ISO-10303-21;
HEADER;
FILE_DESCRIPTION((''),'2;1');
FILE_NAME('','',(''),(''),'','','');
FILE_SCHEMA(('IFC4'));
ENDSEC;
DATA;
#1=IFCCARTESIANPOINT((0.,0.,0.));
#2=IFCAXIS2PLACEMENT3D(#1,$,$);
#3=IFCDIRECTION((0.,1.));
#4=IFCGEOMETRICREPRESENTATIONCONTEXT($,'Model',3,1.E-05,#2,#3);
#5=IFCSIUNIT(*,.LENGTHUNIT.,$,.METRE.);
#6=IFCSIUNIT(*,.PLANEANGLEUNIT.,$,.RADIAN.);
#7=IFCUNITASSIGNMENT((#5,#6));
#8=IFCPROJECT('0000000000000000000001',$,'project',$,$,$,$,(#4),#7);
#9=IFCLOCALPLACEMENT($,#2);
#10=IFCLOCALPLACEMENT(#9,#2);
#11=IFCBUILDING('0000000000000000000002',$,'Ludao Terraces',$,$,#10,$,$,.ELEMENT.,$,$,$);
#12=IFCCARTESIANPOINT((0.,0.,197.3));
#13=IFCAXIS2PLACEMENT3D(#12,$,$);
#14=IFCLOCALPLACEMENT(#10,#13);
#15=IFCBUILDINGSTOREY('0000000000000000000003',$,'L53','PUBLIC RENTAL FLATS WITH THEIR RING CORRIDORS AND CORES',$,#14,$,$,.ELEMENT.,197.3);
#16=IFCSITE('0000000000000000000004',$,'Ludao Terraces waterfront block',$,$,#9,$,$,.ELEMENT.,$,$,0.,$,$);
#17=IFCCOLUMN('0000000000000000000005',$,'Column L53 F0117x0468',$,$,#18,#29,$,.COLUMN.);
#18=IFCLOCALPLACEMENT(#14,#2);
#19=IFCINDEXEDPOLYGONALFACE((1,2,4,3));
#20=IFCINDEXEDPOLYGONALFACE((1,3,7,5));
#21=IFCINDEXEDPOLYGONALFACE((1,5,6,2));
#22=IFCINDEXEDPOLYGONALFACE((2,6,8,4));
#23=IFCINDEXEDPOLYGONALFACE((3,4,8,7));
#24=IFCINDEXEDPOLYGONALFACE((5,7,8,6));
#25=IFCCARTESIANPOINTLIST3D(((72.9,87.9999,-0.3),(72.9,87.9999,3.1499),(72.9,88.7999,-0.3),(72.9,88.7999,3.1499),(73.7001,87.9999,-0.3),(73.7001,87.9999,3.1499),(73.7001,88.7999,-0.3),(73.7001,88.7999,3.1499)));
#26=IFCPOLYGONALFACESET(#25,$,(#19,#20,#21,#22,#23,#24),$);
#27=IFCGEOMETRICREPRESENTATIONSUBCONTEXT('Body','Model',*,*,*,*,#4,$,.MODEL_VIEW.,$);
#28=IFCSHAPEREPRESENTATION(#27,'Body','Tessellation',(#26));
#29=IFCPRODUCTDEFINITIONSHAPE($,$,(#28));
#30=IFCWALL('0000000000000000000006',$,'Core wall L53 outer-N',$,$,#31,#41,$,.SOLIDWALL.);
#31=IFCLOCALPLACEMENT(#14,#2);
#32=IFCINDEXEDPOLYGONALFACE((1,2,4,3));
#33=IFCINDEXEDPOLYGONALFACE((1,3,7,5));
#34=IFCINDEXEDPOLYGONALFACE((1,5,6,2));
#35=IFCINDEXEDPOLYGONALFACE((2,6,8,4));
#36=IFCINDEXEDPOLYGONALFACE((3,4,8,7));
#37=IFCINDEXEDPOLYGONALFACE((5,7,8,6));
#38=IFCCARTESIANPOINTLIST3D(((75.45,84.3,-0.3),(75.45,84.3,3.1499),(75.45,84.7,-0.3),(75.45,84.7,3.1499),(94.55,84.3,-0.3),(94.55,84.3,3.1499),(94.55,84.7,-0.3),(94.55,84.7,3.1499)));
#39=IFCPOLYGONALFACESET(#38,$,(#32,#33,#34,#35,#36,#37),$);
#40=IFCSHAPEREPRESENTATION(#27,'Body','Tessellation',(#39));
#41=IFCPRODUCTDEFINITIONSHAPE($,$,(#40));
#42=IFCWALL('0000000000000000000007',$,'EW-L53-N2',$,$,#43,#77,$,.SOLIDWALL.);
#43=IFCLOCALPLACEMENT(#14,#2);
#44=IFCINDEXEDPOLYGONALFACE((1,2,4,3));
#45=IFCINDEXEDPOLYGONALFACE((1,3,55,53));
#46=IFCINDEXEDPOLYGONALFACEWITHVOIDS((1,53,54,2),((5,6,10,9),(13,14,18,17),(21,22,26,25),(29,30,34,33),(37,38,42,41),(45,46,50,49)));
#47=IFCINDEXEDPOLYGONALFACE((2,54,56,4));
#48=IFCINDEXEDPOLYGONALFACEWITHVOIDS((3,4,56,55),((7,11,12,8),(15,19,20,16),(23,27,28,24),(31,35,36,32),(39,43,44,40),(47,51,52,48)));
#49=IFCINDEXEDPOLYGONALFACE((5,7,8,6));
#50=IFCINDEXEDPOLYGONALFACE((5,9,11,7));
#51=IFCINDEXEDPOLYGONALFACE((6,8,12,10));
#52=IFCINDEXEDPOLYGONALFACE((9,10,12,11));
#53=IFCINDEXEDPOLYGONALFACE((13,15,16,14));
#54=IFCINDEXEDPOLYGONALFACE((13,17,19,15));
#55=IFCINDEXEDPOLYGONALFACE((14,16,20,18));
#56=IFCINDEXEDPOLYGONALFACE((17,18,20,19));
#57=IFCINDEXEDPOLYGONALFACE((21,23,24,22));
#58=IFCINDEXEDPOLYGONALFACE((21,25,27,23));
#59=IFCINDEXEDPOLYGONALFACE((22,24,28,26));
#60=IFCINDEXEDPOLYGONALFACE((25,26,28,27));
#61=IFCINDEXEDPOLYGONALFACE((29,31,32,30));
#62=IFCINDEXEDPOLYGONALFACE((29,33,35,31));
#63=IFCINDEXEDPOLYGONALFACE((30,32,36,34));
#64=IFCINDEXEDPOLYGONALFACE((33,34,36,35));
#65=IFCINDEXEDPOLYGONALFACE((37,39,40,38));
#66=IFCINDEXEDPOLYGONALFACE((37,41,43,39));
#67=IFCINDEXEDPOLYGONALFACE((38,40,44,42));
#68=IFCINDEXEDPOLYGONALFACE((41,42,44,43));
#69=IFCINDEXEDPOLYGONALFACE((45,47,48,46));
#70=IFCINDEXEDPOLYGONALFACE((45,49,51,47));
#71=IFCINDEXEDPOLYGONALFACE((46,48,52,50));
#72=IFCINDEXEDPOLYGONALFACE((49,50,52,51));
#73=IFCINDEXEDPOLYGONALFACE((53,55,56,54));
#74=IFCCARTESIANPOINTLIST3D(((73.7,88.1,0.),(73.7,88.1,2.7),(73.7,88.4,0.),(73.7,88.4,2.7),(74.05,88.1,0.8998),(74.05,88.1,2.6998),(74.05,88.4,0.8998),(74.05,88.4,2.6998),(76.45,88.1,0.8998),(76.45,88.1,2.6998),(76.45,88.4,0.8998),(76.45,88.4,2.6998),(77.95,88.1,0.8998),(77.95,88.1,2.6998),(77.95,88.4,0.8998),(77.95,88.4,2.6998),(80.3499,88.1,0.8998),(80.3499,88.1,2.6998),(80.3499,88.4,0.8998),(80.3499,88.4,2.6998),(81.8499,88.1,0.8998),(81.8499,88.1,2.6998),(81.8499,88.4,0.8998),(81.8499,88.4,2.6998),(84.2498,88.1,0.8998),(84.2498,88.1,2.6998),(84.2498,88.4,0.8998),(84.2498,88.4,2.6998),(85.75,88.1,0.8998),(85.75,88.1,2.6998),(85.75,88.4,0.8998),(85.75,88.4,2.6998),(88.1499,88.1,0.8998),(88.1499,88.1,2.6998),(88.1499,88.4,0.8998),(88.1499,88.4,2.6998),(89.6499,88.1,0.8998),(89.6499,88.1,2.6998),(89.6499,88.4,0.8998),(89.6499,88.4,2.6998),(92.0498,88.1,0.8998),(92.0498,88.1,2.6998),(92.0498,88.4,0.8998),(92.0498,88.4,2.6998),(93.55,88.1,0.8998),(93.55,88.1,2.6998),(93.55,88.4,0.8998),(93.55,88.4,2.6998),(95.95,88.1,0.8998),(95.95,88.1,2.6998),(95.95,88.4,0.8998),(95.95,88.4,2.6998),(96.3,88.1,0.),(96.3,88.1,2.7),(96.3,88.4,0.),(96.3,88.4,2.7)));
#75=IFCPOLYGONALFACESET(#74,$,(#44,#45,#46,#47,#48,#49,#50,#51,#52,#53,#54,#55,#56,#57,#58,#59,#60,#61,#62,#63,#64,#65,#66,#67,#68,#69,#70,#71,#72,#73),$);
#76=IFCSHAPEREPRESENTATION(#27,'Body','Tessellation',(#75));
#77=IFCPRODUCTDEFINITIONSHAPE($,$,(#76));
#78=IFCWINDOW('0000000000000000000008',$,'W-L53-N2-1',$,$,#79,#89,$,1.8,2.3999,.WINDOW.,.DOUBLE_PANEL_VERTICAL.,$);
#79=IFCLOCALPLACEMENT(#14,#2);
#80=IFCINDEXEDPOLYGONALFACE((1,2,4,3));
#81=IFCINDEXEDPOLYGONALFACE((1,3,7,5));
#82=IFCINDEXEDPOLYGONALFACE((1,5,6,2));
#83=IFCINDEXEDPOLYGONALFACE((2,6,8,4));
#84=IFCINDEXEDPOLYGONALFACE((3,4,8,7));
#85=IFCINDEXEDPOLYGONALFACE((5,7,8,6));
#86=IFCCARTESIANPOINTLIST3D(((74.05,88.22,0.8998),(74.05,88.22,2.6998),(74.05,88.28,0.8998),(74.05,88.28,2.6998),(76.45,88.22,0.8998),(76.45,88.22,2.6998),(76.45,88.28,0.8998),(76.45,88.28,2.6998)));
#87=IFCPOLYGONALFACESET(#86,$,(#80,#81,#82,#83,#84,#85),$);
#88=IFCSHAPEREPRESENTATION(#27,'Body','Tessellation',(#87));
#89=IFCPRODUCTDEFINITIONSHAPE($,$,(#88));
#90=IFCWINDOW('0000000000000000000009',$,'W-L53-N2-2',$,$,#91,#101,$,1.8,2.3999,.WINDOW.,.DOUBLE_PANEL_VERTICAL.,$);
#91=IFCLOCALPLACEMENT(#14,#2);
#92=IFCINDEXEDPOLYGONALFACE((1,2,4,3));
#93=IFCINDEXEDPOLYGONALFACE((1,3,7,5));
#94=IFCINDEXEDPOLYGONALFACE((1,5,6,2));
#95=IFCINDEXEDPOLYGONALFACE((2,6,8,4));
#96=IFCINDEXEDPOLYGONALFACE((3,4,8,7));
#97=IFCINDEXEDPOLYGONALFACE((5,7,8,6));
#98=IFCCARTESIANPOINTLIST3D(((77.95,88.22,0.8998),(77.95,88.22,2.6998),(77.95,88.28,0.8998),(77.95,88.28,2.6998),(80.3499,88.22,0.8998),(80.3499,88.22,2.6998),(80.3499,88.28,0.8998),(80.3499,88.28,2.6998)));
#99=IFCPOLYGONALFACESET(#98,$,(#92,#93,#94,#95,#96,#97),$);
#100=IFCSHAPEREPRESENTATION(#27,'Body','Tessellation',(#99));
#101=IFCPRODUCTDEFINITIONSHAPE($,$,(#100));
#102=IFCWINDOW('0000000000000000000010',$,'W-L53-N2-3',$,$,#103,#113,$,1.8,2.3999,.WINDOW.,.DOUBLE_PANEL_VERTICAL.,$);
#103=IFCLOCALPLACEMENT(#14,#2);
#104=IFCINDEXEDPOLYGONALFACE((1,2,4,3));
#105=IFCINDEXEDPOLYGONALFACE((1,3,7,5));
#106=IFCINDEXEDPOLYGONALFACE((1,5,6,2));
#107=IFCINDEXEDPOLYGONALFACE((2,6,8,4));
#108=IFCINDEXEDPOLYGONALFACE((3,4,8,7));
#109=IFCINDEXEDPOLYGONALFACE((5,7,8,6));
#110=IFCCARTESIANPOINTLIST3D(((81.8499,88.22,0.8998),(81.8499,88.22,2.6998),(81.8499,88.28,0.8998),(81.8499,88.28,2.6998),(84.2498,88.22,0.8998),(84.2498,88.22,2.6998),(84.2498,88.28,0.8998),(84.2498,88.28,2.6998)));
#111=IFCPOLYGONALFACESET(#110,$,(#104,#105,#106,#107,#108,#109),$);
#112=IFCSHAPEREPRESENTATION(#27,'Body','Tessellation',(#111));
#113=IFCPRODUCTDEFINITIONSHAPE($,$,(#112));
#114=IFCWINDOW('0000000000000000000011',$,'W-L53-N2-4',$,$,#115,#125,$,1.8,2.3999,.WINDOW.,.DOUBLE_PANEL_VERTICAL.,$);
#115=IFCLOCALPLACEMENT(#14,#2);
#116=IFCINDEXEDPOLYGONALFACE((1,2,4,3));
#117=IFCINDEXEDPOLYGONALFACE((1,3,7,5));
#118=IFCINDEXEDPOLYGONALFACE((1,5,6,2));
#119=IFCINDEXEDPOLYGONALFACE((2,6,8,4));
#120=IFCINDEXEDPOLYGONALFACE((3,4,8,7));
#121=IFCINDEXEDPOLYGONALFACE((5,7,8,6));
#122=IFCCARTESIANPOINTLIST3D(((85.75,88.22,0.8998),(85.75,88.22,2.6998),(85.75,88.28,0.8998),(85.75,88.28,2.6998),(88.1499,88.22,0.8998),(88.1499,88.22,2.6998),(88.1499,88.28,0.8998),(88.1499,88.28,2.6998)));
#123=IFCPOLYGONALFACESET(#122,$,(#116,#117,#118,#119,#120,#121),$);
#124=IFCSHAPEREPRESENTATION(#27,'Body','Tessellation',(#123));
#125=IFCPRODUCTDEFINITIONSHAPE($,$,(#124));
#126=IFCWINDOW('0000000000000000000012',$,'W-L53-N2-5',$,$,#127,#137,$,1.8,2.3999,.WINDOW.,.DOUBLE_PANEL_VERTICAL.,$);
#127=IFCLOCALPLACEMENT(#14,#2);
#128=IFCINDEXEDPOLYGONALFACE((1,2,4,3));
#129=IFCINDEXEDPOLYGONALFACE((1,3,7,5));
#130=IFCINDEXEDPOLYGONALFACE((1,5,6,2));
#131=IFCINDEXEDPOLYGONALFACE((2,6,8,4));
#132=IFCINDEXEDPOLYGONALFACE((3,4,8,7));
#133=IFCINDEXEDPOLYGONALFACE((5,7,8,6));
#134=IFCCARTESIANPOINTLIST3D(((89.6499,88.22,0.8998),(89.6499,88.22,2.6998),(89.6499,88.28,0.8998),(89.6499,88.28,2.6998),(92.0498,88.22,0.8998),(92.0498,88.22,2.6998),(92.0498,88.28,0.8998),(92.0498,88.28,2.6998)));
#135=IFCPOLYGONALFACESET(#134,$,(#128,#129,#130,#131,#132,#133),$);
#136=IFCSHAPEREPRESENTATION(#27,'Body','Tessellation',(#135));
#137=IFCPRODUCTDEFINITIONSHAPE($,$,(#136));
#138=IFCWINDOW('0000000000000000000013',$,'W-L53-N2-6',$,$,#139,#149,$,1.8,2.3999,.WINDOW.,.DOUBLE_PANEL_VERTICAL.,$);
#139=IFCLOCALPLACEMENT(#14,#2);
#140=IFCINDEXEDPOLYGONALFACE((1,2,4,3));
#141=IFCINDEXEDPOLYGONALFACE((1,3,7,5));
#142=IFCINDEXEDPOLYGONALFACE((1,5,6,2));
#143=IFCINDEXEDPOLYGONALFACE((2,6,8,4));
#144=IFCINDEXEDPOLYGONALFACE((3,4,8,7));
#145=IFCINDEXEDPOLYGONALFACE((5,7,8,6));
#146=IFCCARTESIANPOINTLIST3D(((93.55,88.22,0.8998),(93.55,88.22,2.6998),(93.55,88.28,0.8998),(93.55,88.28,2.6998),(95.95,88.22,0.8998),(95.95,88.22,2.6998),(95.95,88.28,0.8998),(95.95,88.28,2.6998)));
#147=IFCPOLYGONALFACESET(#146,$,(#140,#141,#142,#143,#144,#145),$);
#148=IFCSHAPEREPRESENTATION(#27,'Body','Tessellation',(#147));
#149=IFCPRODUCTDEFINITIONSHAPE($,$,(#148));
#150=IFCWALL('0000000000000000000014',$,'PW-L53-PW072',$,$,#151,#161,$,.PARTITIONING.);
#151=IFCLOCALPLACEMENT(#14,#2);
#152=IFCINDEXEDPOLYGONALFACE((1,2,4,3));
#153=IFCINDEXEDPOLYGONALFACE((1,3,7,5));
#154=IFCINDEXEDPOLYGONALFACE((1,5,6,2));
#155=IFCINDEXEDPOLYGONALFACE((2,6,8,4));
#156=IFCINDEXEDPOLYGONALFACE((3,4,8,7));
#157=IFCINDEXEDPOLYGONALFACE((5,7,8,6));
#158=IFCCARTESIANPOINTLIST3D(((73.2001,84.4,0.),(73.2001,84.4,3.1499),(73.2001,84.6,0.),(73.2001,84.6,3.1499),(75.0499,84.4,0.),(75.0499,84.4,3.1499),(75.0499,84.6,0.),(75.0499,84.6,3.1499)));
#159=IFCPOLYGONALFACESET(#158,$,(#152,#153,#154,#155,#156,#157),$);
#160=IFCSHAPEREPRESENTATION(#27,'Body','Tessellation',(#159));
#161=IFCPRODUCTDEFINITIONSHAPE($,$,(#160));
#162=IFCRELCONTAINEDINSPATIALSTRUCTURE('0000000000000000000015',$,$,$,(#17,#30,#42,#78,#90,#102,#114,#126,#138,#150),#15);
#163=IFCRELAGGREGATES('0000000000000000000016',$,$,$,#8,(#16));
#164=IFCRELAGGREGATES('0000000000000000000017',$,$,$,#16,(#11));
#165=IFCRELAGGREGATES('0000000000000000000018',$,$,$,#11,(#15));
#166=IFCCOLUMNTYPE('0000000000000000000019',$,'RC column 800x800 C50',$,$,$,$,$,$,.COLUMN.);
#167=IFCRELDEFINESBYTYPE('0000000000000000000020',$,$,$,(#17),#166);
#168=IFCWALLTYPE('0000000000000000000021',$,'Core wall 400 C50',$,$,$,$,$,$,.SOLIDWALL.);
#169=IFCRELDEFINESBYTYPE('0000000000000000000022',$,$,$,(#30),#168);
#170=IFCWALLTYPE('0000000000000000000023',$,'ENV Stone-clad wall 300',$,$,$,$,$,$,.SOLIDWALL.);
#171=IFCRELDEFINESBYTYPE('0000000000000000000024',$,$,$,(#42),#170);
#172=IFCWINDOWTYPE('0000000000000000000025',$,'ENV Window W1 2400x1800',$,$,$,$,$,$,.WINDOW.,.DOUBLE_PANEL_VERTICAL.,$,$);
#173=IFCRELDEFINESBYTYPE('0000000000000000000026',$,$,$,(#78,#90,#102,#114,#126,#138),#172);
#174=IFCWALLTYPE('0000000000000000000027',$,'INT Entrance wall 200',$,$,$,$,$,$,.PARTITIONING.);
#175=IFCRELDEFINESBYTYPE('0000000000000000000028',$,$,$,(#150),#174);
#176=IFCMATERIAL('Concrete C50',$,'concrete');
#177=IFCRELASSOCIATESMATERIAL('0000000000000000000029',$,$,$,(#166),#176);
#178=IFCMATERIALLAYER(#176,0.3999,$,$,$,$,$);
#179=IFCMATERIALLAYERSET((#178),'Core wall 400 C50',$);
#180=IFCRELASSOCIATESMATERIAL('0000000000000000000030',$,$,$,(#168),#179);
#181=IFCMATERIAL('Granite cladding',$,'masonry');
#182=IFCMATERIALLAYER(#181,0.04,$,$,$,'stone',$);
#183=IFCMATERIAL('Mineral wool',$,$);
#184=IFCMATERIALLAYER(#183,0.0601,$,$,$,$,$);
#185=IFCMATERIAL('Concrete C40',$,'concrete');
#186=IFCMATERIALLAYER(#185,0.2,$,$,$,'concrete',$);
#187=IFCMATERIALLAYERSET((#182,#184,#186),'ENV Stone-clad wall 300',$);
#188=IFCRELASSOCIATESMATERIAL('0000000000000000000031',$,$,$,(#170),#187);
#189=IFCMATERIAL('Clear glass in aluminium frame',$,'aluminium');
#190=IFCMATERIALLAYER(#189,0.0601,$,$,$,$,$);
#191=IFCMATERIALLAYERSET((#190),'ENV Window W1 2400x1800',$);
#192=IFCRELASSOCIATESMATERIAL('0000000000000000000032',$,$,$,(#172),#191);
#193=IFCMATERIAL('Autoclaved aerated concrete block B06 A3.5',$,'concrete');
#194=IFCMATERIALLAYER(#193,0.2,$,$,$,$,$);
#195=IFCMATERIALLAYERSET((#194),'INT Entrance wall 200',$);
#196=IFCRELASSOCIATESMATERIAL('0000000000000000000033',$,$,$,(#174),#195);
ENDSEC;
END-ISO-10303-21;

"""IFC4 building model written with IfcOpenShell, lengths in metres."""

from ifc_helpers import new_model, si_unit, direction, frame, frame_2d, origin, origin_2d, place, context, subcontext, project, spatial, rectangle, extrude, material, layer, layer_set, material_profile, profile_set, type_object, element, fill, save


model = new_model("IFC4")

# Units and contexts
model_context = context("Model", 3, precision=1e-05, world=origin(), true_north=direction((0.0, 1.0)))
body_context = subcontext(model_context, "Body", "Model", "MODEL_VIEW")
ifc_project = project(units=[si_unit("LENGTHUNIT", "METRE"), si_unit("PLANEANGLEUNIT", "RADIAN")], contexts=[model_context])

# Site, building, storey
site_placement = place(None, origin())
site = spatial("IfcSite", under=ifc_project, at=site_placement, Name="Ludao Terraces waterfront block", CompositionType="ELEMENT", RefElevation=0.0)
building_placement = place(site_placement, origin())
building = spatial("IfcBuilding", under=site, at=building_placement, Name="Ludao Terraces", CompositionType="ELEMENT")
storey_placement = place(building_placement, frame((0.0, 0.0, 197.3)))
storey = spatial("IfcBuildingStorey", under=building, at=storey_placement, Name="L53", Description="PUBLIC RENTAL FLATS WITH THEIR RING CORRIDORS AND CORES", CompositionType="ELEMENT", Elevation=197.3)

# Column
ifc_material_1 = material(Name="Concrete C50", Category="concrete")
ifc_material_profile = material_profile(ifc_material_1, rectangle(XDim=0.8, YDim=0.8, at=origin_2d()), Name="800 X 800")
ifc_profile_set = profile_set([ifc_material_profile], Name="Concrete C50")
column_type = type_object("IfcColumnType", Name="RC column 800x800 C50", PredefinedType="COLUMN", material=ifc_profile_set)
column_placement = place(storey_placement, frame((73.3, 88.3999, -0.3), z_axis=(0.0, 0.0, 1.0), x_axis=(1.0, 0.0, 0.0)))
element("IfcColumn", 1, at=column_placement, inside=storey, type_object=column_type, Name="Column L53 F0117x0468", PredefinedType="COLUMN", context=body_context, shape_type="SweptSolid", body=[
    extrude(rectangle(XDim=0.8, YDim=0.8, at=origin_2d()), origin(), (0.0, 0.0, 1.0), 3.45),
])

# Wall
ifc_layer_1 = layer(ifc_material_1, 0.3999)
ifc_layer_set_1 = layer_set([ifc_layer_1], Name="Core wall 400 C50")
wall_type_1 = type_object("IfcWallType", Name="Core wall 400 C50", PredefinedType="SOLIDWALL", material=ifc_layer_set_1)
wall_1_placement = place(storey_placement, frame((75.45, 84.5, -0.3), z_axis=(0.0, 0.0, 1.0), x_axis=(1.0, 0.0, 0.0)))
element("IfcWall", 2, at=wall_1_placement, inside=storey, type_object=wall_type_1, Name="Core wall L53 outer-N", PredefinedType="SOLIDWALL", context=body_context, shape_type="SweptSolid", body=[
    extrude(rectangle(XDim=19.1001, YDim=0.3999, at=frame_2d((9.55, 0.0))), origin(), (0.0, 0.0, 1.0), 3.45),
])

# Wall, openings, windows
ifc_material_2 = material(Name="Granite cladding", Category="masonry")
ifc_layer_2 = layer(ifc_material_2, 0.04, Category="stone")
ifc_material_3 = material(Name="Mineral wool")
ifc_layer_3 = layer(ifc_material_3, 0.0601)
ifc_material_4 = material(Name="Concrete C40", Category="concrete")
ifc_layer_4 = layer(ifc_material_4, 0.2, Category="concrete")
ifc_layer_set_2 = layer_set([ifc_layer_2, ifc_layer_3, ifc_layer_4], Name="ENV Stone-clad wall 300")
wall_type_2 = type_object("IfcWallType", Name="ENV Stone-clad wall 300", PredefinedType="SOLIDWALL", material=ifc_layer_set_2)
wall_2_placement = place(storey_placement, frame((73.7, 88.25, 0.0), z_axis=(0.0, 0.0, 1.0), x_axis=(1.0, 0.0, 0.0)))
wall_2 = element("IfcWall", 3, at=wall_2_placement, inside=storey, type_object=wall_type_2, Name="EW-L53-N2", PredefinedType="SOLIDWALL", context=body_context, shape_type="SweptSolid", body=[
    extrude(rectangle(XDim=22.6001, YDim=0.3, at=frame_2d((11.3, 0.0))), origin(), (0.0, 0.0, 1.0), 2.7),
])
opening_1_placement = place(wall_2_placement, frame((0.3501, 0.0, 0.8999)))
opening_1 = element("IfcOpeningElement", 4, at=opening_1_placement, cuts=wall_2, PredefinedType="OPENING", context=body_context, shape_type="SweptSolid", body=[
    extrude(rectangle(XDim=2.3999, YDim=1.8, at=frame_2d((1.2, 0.8999))), frame((0.0, 0.1602, 0.0), z_axis=(0.0, -1.0, 0.0), x_axis=(1.0, 0.0, 0.0)), (0.0, 0.0, 1.0), 0.3201),
])
opening_2_placement = place(wall_2_placement, frame((4.25, 0.0, 0.8999)))
opening_2 = element("IfcOpeningElement", 5, at=opening_2_placement, cuts=wall_2, PredefinedType="OPENING", context=body_context, shape_type="SweptSolid", body=[
    extrude(rectangle(XDim=2.3999, YDim=1.8, at=frame_2d((1.2, 0.8999))), frame((0.0, 0.1602, 0.0), z_axis=(0.0, -1.0, 0.0), x_axis=(1.0, 0.0, 0.0)), (0.0, 0.0, 1.0), 0.3201),
])
opening_3_placement = place(wall_2_placement, frame((8.1499, 0.0, 0.8999)))
opening_3 = element("IfcOpeningElement", 6, at=opening_3_placement, cuts=wall_2, PredefinedType="OPENING", context=body_context, shape_type="SweptSolid", body=[
    extrude(rectangle(XDim=2.3999, YDim=1.8, at=frame_2d((1.2, 0.8999))), frame((0.0, 0.1602, 0.0), z_axis=(0.0, -1.0, 0.0), x_axis=(1.0, 0.0, 0.0)), (0.0, 0.0, 1.0), 0.3201),
])
opening_4_placement = place(wall_2_placement, frame((12.05, 0.0, 0.8999)))
opening_4 = element("IfcOpeningElement", 7, at=opening_4_placement, cuts=wall_2, PredefinedType="OPENING", context=body_context, shape_type="SweptSolid", body=[
    extrude(rectangle(XDim=2.3999, YDim=1.8, at=frame_2d((1.2, 0.8999))), frame((0.0, 0.1602, 0.0), z_axis=(0.0, -1.0, 0.0), x_axis=(1.0, 0.0, 0.0)), (0.0, 0.0, 1.0), 0.3201),
])
opening_5_placement = place(wall_2_placement, frame((15.95, 0.0, 0.8999)))
opening_5 = element("IfcOpeningElement", 8, at=opening_5_placement, cuts=wall_2, PredefinedType="OPENING", context=body_context, shape_type="SweptSolid", body=[
    extrude(rectangle(XDim=2.3999, YDim=1.8, at=frame_2d((1.2, 0.8999))), frame((0.0, 0.1602, 0.0), z_axis=(0.0, -1.0, 0.0), x_axis=(1.0, 0.0, 0.0)), (0.0, 0.0, 1.0), 0.3201),
])
opening_6_placement = place(wall_2_placement, frame((19.8501, 0.0, 0.8999)))
opening_6 = element("IfcOpeningElement", 9, at=opening_6_placement, cuts=wall_2, PredefinedType="OPENING", context=body_context, shape_type="SweptSolid", body=[
    extrude(rectangle(XDim=2.3999, YDim=1.8, at=frame_2d((1.2, 0.8999))), frame((0.0, 0.1602, 0.0), z_axis=(0.0, -1.0, 0.0), x_axis=(1.0, 0.0, 0.0)), (0.0, 0.0, 1.0), 0.3201),
])
ifc_material_5 = material(Name="Clear glass in aluminium frame", Category="aluminium")
ifc_layer_5 = layer(ifc_material_5, 0.0601)
ifc_layer_set_3 = layer_set([ifc_layer_5], Name="ENV Window W1 2400x1800")
window_type = type_object("IfcWindowType", Name="ENV Window W1 2400x1800", PartitioningType="DOUBLE_PANEL_VERTICAL", PredefinedType="WINDOW", material=ifc_layer_set_3)
window_1_placement = place(opening_1_placement, origin())
window_1 = element("IfcWindow", 10, at=window_1_placement, inside=storey, type_object=window_type, Name="W-L53-N2-1", OverallHeight=1.8, OverallWidth=2.3999, PartitioningType="DOUBLE_PANEL_VERTICAL", PredefinedType="WINDOW", context=body_context, shape_type="SweptSolid", body=[
    extrude(rectangle(XDim=2.3999, YDim=1.8, at=frame_2d((1.2, 0.8999))), frame((0.0, 0.03, 0.0), z_axis=(0.0, -1.0, 0.0), x_axis=(1.0, 0.0, 0.0)), (0.0, 0.0, 1.0), 0.0601),
])
fill(opening_1, window_1)
window_2_placement = place(opening_2_placement, origin())
window_2 = element("IfcWindow", 11, at=window_2_placement, inside=storey, type_object=window_type, Name="W-L53-N2-2", OverallHeight=1.8, OverallWidth=2.3999, PartitioningType="DOUBLE_PANEL_VERTICAL", PredefinedType="WINDOW", context=body_context, shape_type="SweptSolid", body=[
    extrude(rectangle(XDim=2.3999, YDim=1.8, at=frame_2d((1.2, 0.8999))), frame((0.0, 0.03, 0.0), z_axis=(0.0, -1.0, 0.0), x_axis=(1.0, 0.0, 0.0)), (0.0, 0.0, 1.0), 0.0601),
])
fill(opening_2, window_2)
window_3_placement = place(opening_3_placement, origin())
window_3 = element("IfcWindow", 12, at=window_3_placement, inside=storey, type_object=window_type, Name="W-L53-N2-3", OverallHeight=1.8, OverallWidth=2.3999, PartitioningType="DOUBLE_PANEL_VERTICAL", PredefinedType="WINDOW", context=body_context, shape_type="SweptSolid", body=[
    extrude(rectangle(XDim=2.3999, YDim=1.8, at=frame_2d((1.2, 0.8999))), frame((0.0, 0.03, 0.0), z_axis=(0.0, -1.0, 0.0), x_axis=(1.0, 0.0, 0.0)), (0.0, 0.0, 1.0), 0.0601),
])
fill(opening_3, window_3)
window_4_placement = place(opening_4_placement, origin())
window_4 = element("IfcWindow", 13, at=window_4_placement, inside=storey, type_object=window_type, Name="W-L53-N2-4", OverallHeight=1.8, OverallWidth=2.3999, PartitioningType="DOUBLE_PANEL_VERTICAL", PredefinedType="WINDOW", context=body_context, shape_type="SweptSolid", body=[
    extrude(rectangle(XDim=2.3999, YDim=1.8, at=frame_2d((1.2, 0.8999))), frame((0.0, 0.03, 0.0), z_axis=(0.0, -1.0, 0.0), x_axis=(1.0, 0.0, 0.0)), (0.0, 0.0, 1.0), 0.0601),
])
fill(opening_4, window_4)
window_5_placement = place(opening_5_placement, origin())
window_5 = element("IfcWindow", 14, at=window_5_placement, inside=storey, type_object=window_type, Name="W-L53-N2-5", OverallHeight=1.8, OverallWidth=2.3999, PartitioningType="DOUBLE_PANEL_VERTICAL", PredefinedType="WINDOW", context=body_context, shape_type="SweptSolid", body=[
    extrude(rectangle(XDim=2.3999, YDim=1.8, at=frame_2d((1.2, 0.8999))), frame((0.0, 0.03, 0.0), z_axis=(0.0, -1.0, 0.0), x_axis=(1.0, 0.0, 0.0)), (0.0, 0.0, 1.0), 0.0601),
])
fill(opening_5, window_5)
window_6_placement = place(opening_6_placement, origin())
window_6 = element("IfcWindow", 15, at=window_6_placement, inside=storey, type_object=window_type, Name="W-L53-N2-6", OverallHeight=1.8, OverallWidth=2.3999, PartitioningType="DOUBLE_PANEL_VERTICAL", PredefinedType="WINDOW", context=body_context, shape_type="SweptSolid", body=[
    extrude(rectangle(XDim=2.3999, YDim=1.8, at=frame_2d((1.2, 0.8999))), frame((0.0, 0.03, 0.0), z_axis=(0.0, -1.0, 0.0), x_axis=(1.0, 0.0, 0.0)), (0.0, 0.0, 1.0), 0.0601),
])
fill(opening_6, window_6)

# Wall
ifc_material_6 = material(Name="Autoclaved aerated concrete block B06 A3.5", Category="concrete")
ifc_layer_6 = layer(ifc_material_6, 0.2)
ifc_layer_set_4 = layer_set([ifc_layer_6], Name="INT Entrance wall 200")
wall_type_3 = type_object("IfcWallType", Name="INT Entrance wall 200", PredefinedType="PARTITIONING", material=ifc_layer_set_4)
wall_3_placement = place(storey_placement, frame((73.2002, 84.5, 0.0), z_axis=(0.0, 0.0, 1.0), x_axis=(1.0, 0.0, 0.0)))
element("IfcWall", 16, at=wall_3_placement, inside=storey, type_object=wall_type_3, Name="PW-L53-PW072", PredefinedType="PARTITIONING", context=body_context, shape_type="SweptSolid", body=[
    extrude(rectangle(XDim=1.8499, YDim=0.2, at=frame_2d((0.9248, 0.0))), origin(), (0.0, 0.0, 1.0), 3.1499),
])

save(model, "model.ifc")
